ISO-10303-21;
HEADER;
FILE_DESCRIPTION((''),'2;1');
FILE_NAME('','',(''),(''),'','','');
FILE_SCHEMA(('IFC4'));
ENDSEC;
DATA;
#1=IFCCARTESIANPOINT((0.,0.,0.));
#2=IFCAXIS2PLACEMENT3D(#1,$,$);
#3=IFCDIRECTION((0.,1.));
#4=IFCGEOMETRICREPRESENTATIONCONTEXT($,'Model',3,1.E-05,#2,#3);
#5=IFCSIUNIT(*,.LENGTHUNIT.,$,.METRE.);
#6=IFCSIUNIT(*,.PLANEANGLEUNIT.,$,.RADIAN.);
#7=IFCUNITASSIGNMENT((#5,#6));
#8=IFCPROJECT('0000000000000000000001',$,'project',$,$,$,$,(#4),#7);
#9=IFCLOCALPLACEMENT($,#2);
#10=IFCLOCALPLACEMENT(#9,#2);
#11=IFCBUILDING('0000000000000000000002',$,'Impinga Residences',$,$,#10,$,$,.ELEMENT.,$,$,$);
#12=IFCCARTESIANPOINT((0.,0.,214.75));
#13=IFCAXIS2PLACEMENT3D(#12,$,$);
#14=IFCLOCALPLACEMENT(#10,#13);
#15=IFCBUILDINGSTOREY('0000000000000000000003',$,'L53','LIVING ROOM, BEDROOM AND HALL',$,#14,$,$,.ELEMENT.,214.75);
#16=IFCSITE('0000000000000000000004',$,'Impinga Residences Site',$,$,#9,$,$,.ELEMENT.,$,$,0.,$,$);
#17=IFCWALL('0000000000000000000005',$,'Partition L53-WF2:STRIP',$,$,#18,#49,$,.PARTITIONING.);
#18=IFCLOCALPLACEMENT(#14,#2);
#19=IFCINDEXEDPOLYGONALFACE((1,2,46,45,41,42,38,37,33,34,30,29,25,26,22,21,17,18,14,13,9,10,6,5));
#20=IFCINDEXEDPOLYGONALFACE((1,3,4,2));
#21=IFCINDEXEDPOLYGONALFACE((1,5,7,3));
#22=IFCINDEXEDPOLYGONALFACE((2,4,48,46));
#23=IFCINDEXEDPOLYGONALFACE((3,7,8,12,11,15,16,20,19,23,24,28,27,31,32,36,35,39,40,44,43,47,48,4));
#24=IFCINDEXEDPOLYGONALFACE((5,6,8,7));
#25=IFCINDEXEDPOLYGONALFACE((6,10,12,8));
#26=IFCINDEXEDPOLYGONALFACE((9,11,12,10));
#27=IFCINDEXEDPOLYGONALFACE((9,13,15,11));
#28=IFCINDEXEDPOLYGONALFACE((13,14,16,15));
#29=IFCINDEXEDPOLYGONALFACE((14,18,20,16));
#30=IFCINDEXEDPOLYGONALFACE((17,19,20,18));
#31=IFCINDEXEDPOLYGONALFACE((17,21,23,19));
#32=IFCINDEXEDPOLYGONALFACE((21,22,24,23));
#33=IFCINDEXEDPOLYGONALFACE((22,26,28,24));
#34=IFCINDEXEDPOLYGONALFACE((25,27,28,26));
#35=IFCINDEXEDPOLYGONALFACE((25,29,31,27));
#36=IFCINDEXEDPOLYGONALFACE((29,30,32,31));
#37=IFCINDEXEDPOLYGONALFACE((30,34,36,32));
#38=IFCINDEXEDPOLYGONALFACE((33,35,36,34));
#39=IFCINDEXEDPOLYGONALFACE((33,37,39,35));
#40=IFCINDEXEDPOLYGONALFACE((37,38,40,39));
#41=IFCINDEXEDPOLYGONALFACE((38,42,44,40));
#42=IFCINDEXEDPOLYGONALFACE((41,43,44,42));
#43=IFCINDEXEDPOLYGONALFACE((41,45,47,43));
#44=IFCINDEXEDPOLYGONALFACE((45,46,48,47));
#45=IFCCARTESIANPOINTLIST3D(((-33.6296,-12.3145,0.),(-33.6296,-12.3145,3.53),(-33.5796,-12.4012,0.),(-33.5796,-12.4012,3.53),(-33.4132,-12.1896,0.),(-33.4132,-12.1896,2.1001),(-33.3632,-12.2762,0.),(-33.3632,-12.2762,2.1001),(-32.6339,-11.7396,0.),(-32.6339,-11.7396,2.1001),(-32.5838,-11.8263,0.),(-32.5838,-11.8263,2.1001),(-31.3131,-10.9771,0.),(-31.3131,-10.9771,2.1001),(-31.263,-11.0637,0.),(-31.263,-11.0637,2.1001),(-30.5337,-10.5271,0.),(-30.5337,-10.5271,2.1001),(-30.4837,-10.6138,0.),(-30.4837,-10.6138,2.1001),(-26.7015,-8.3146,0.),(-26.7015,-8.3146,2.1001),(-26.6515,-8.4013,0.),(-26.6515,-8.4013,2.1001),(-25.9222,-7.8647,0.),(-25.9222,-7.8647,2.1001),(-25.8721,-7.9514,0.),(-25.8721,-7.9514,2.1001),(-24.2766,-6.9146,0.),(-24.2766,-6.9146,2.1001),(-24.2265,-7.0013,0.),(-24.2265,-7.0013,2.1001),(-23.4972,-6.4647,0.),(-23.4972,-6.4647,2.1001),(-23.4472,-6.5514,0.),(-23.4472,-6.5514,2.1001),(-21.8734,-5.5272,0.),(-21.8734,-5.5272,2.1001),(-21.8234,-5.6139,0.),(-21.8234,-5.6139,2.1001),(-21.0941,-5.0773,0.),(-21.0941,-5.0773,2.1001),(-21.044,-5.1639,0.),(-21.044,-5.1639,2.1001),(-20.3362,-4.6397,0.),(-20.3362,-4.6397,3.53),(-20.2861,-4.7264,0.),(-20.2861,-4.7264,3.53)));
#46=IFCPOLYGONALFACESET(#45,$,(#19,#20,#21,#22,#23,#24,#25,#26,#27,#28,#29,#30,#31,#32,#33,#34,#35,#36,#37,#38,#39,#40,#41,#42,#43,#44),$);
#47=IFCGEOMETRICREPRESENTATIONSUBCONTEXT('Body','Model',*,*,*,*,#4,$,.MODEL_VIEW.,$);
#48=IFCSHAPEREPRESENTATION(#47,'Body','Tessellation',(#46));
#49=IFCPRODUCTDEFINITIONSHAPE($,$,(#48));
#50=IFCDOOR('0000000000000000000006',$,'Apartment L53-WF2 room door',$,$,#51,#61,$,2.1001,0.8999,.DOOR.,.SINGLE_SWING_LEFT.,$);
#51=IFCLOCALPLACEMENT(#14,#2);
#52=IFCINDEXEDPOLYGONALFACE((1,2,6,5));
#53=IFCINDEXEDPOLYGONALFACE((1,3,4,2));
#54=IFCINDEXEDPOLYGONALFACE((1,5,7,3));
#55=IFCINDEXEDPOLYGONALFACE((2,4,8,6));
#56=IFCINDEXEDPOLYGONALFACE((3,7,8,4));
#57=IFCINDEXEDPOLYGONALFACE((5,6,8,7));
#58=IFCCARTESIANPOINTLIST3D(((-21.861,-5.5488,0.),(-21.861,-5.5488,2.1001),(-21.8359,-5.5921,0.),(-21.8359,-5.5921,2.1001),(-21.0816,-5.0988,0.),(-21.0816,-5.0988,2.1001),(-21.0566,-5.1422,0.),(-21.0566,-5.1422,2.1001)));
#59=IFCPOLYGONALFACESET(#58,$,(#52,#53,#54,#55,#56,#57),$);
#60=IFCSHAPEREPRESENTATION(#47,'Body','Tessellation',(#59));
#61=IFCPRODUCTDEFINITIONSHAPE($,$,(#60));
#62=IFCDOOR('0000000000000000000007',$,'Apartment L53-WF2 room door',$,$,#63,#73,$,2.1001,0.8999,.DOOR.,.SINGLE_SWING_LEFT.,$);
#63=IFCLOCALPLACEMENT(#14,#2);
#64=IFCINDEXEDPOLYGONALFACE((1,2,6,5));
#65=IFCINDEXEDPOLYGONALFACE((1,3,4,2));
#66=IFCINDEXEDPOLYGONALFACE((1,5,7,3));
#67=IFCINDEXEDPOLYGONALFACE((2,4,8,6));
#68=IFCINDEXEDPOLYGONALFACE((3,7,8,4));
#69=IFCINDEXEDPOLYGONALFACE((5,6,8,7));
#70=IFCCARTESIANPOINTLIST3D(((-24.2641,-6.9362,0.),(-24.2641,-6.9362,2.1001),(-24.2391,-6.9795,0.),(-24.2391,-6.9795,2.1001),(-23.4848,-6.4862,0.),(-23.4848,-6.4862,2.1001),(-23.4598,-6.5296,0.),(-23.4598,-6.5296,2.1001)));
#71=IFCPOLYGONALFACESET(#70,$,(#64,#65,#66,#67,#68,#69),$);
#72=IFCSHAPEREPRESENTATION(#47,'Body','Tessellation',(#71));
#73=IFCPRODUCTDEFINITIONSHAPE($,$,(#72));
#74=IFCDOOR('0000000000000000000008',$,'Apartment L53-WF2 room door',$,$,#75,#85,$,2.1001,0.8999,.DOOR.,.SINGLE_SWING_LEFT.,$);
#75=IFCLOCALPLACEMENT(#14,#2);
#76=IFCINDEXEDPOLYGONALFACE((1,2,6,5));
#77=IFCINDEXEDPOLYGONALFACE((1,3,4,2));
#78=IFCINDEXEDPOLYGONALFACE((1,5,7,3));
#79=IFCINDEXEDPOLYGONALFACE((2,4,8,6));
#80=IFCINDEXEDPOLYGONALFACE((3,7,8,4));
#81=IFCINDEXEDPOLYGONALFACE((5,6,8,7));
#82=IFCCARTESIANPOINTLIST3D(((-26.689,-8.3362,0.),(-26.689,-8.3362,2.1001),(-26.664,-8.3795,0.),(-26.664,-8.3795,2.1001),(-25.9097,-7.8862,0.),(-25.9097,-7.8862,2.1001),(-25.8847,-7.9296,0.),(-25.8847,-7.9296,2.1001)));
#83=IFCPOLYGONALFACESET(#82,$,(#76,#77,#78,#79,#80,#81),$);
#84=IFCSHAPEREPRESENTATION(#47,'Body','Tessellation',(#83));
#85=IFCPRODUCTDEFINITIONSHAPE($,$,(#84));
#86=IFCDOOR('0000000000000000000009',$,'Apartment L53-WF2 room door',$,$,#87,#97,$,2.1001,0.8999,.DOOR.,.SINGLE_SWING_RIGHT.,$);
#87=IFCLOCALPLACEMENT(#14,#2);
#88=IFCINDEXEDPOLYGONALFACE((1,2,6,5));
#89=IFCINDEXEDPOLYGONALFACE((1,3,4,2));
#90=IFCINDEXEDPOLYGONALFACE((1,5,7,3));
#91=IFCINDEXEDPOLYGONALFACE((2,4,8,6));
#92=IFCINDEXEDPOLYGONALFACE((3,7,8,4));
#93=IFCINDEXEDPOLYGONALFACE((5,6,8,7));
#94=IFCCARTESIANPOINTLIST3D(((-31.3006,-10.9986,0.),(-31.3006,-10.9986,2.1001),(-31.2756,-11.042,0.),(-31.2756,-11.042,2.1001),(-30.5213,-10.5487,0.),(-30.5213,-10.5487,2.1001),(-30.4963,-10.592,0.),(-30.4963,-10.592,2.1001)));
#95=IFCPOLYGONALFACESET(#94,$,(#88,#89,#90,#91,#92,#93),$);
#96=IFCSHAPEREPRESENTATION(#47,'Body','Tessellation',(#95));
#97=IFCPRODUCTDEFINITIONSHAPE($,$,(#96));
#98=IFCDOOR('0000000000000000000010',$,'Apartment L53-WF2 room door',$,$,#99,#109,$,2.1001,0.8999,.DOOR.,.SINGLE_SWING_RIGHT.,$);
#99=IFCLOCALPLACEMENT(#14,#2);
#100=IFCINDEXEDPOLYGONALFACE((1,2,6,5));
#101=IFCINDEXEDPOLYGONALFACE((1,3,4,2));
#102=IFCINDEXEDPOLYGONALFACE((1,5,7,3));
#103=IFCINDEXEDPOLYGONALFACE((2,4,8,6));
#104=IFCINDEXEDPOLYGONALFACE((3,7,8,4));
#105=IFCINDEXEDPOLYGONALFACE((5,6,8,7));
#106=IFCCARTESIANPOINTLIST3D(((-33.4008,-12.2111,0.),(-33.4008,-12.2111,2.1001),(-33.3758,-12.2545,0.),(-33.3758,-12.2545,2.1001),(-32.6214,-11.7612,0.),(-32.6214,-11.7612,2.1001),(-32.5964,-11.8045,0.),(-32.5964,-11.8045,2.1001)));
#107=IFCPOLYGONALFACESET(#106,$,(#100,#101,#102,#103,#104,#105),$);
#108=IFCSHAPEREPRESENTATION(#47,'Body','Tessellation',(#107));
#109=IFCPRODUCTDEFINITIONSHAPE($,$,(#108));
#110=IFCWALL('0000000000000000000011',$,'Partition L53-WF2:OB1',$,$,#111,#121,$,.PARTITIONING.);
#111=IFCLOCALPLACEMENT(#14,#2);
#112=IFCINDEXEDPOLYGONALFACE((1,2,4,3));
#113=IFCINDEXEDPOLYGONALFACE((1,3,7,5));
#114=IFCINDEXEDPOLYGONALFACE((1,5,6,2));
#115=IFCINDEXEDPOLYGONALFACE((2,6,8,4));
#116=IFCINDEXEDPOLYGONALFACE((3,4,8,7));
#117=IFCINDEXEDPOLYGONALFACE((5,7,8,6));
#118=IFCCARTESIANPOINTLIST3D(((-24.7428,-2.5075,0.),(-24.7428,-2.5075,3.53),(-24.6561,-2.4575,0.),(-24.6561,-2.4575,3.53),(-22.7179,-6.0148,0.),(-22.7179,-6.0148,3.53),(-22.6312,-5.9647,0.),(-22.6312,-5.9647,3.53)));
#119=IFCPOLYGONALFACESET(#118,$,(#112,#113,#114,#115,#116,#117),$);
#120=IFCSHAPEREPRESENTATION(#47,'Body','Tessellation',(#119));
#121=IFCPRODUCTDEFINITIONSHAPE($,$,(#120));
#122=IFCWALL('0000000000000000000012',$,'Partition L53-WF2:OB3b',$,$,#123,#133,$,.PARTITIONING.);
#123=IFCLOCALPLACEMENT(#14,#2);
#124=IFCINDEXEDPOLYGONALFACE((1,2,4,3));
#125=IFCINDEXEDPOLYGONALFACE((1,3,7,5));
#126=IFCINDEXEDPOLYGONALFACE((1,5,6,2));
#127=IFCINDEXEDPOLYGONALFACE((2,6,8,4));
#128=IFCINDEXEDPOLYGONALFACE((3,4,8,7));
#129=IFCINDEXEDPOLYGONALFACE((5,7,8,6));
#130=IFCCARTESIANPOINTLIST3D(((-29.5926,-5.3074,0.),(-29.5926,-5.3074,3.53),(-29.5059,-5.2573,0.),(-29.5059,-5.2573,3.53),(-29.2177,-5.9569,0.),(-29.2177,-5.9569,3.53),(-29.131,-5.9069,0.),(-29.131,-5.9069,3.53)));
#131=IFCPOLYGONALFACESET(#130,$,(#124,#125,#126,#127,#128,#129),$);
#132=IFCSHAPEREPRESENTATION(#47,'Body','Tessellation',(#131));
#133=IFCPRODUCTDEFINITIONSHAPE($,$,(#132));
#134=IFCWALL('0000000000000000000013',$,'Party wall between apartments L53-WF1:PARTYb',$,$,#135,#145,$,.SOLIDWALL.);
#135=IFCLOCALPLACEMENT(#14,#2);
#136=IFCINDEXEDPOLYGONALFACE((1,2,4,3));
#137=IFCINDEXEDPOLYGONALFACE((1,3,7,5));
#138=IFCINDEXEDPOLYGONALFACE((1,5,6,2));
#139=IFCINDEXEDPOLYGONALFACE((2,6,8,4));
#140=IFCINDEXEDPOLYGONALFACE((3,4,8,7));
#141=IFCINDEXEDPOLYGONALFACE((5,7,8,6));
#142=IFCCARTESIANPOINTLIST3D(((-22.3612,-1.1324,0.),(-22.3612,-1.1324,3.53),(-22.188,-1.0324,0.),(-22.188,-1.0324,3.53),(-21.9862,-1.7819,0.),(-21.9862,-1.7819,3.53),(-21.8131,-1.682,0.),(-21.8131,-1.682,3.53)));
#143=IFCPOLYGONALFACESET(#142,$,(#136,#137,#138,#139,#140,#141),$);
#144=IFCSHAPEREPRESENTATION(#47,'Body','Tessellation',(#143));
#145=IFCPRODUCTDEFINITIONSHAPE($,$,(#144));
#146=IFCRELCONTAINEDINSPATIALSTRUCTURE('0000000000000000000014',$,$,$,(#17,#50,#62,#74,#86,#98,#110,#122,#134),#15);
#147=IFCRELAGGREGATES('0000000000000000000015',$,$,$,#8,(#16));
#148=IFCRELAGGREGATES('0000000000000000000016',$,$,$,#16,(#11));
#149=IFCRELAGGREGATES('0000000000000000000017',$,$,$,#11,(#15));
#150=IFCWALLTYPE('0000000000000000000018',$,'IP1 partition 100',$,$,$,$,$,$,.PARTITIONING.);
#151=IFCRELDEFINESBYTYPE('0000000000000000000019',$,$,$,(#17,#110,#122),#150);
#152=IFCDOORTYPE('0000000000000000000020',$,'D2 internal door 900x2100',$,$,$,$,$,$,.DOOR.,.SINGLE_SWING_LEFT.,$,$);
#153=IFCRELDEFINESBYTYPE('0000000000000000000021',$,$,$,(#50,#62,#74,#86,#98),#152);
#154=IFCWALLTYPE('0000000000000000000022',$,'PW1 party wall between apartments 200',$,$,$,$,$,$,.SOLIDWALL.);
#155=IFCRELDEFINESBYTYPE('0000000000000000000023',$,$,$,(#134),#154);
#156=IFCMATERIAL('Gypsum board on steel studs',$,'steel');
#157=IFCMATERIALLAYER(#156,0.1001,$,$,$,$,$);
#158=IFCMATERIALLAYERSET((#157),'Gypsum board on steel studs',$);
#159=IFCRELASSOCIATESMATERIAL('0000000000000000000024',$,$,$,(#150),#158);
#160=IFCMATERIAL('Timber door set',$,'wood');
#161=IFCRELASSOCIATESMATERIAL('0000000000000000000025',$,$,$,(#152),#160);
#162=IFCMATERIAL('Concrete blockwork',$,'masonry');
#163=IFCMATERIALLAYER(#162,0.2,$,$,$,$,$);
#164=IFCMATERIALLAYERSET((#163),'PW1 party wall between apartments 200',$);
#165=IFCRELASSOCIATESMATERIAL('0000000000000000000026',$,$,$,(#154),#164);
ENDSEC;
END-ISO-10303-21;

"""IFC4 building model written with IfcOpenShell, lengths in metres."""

from ifc_helpers import new_model, si_unit, direction, frame, frame_2d, origin, place, context, subcontext, project, spatial, rectangle, extrude, material, layer, layer_set, type_object, element, fill, save


model = new_model("IFC4")

# Units and contexts
model_context = context("Model", 3, precision=1e-05, world=origin(), true_north=direction((0.0, 1.0)))
body_context = subcontext(model_context, "Body", "Model", "MODEL_VIEW")
ifc_project = project(units=[si_unit("LENGTHUNIT", "METRE"), si_unit("PLANEANGLEUNIT", "RADIAN")], contexts=[model_context])

# Site, building, storey
site_placement = place(None, origin())
site = spatial("IfcSite", under=ifc_project, at=site_placement, Name="Impinga Residences Site", CompositionType="ELEMENT", RefElevation=0.0)
building_placement = place(site_placement, origin())
building = spatial("IfcBuilding", under=site, at=building_placement, Name="Impinga Residences", CompositionType="ELEMENT")
storey_placement = place(building_placement, frame((0.0, 0.0, 214.75)))
storey = spatial("IfcBuildingStorey", under=building, at=storey_placement, Name="L53", Description="LIVING ROOM, BEDROOM AND HALL", CompositionType="ELEMENT", Elevation=214.75)

# Shared definitions
ifc_material_1 = material(Name="Gypsum board on steel studs", Category="steel")
ifc_layer_1 = layer(ifc_material_1, 0.1001)
ifc_layer_set_1 = layer_set([ifc_layer_1], Name="Gypsum board on steel studs")
wall_type_1 = type_object("IfcWallType", Name="IP1 partition 100", PredefinedType="PARTITIONING", material=ifc_layer_set_1)

# Wall, openings, doors
wall_1_placement = place(storey_placement, frame((-20.3113, -4.6831, 0.0), z_axis=(0.0, 0.0, 1.0), x_axis=(-0.86603, -0.499991, 0.0)))
wall_1 = element("IfcWall", 1, at=wall_1_placement, inside=storey, type_object=wall_type_1, Name="Partition L53-WF2:STRIP", PredefinedType="PARTITIONING", context=body_context, shape_type="SweptSolid", body=[
    extrude(rectangle(XDim=15.3499, YDim=0.1001, at=frame_2d((7.6748, 0.0))), origin(), (0.0, 0.0, 1.0), 3.53),
])
opening_1_placement = place(wall_1_placement, frame((0.875, 0.0, 0.0)))
opening_1 = element("IfcOpeningElement", 2, at=opening_1_placement, cuts=wall_1, PredefinedType="OPENING", context=body_context, shape_type="SweptSolid", body=[
    extrude(rectangle(XDim=0.8999, YDim=2.1001, at=frame_2d((0.45, 1.05))), frame((0.0, 0.0601, 0.0), z_axis=(0.0, -1.0, 0.0), x_axis=(1.0, 0.0, 0.0)), (0.0, 0.0, 1.0), 0.1201),
])
opening_2_placement = place(wall_1_placement, frame((3.6499, 0.0, 0.0)))
opening_2 = element("IfcOpeningElement", 3, at=opening_2_placement, cuts=wall_1, PredefinedType="OPENING", context=body_context, shape_type="SweptSolid", body=[
    extrude(rectangle(XDim=0.8999, YDim=2.1001, at=frame_2d((0.45, 1.05))), frame((0.0, 0.0601, 0.0), z_axis=(0.0, -1.0, 0.0), x_axis=(1.0, 0.0, 0.0)), (0.0, 0.0, 1.0), 0.1201),
])
opening_3_placement = place(wall_1_placement, frame((6.45, 0.0, 0.0)))
opening_3 = element("IfcOpeningElement", 4, at=opening_3_placement, cuts=wall_1, PredefinedType="OPENING", context=body_context, shape_type="SweptSolid", body=[
    extrude(rectangle(XDim=0.8999, YDim=2.1001, at=frame_2d((0.45, 1.05))), frame((0.0, 0.0601, 0.0), z_axis=(0.0, -1.0, 0.0), x_axis=(1.0, 0.0, 0.0)), (0.0, 0.0, 1.0), 0.1201),
])
opening_4_placement = place(wall_1_placement, frame((11.7749, 0.0, 0.0)))
opening_4 = element("IfcOpeningElement", 5, at=opening_4_placement, cuts=wall_1, PredefinedType="OPENING", context=body_context, shape_type="SweptSolid", body=[
    extrude(rectangle(XDim=0.8999, YDim=2.1001, at=frame_2d((0.45, 1.05))), frame((0.0, 0.0601, 0.0), z_axis=(0.0, -1.0, 0.0), x_axis=(1.0, 0.0, 0.0)), (0.0, 0.0, 1.0), 0.1201),
])
opening_5_placement = place(wall_1_placement, frame((14.2, 0.0, 0.0)))
opening_5 = element("IfcOpeningElement", 6, at=opening_5_placement, cuts=wall_1, PredefinedType="OPENING", context=body_context, shape_type="SweptSolid", body=[
    extrude(rectangle(XDim=0.8999, YDim=2.1001, at=frame_2d((0.45, 1.05))), frame((0.0, 0.0601, 0.0), z_axis=(0.0, -1.0, 0.0), x_axis=(1.0, 0.0, 0.0)), (0.0, 0.0, 1.0), 0.1201),
])
ifc_material_2 = material(Name="Timber door set", Category="wood")
door_type = type_object("IfcDoorType", Name="D2 internal door 900x2100", OperationType="SINGLE_SWING_LEFT", PredefinedType="DOOR", material=ifc_material_2)
door_1_placement = place(opening_1_placement, origin())
door_1 = element("IfcDoor", 7, at=door_1_placement, inside=storey, type_object=door_type, Name="Apartment L53-WF2 room door", OperationType="SINGLE_SWING_LEFT", OverallHeight=2.1001, OverallWidth=0.8999, PredefinedType="DOOR", context=body_context, shape_type="SweptSolid", body=[
    extrude(rectangle(XDim=0.8999, YDim=2.1001, at=frame_2d((0.45, 1.05))), frame((0.0, 0.0249, 0.0), z_axis=(0.0, -1.0, 0.0), x_axis=(1.0, 0.0, 0.0)), (0.0, 0.0, 1.0), 0.05),
])
fill(opening_1, door_1)
door_2_placement = place(opening_2_placement, origin())
door_2 = element("IfcDoor", 8, at=door_2_placement, inside=storey, type_object=door_type, Name="Apartment L53-WF2 room door", OperationType="SINGLE_SWING_LEFT", OverallHeight=2.1001, OverallWidth=0.8999, PredefinedType="DOOR", context=body_context, shape_type="SweptSolid", body=[
    extrude(rectangle(XDim=0.8999, YDim=2.1001, at=frame_2d((0.45, 1.05))), frame((0.0, 0.0249, 0.0), z_axis=(0.0, -1.0, 0.0), x_axis=(1.0, 0.0, 0.0)), (0.0, 0.0, 1.0), 0.05),
])
fill(opening_2, door_2)
door_3_placement = place(opening_3_placement, origin())
door_3 = element("IfcDoor", 9, at=door_3_placement, inside=storey, type_object=door_type, Name="Apartment L53-WF2 room door", OperationType="SINGLE_SWING_LEFT", OverallHeight=2.1001, OverallWidth=0.8999, PredefinedType="DOOR", context=body_context, shape_type="SweptSolid", body=[
    extrude(rectangle(XDim=0.8999, YDim=2.1001, at=frame_2d((0.45, 1.05))), frame((0.0, 0.0249, 0.0), z_axis=(0.0, -1.0, 0.0), x_axis=(1.0, 0.0, 0.0)), (0.0, 0.0, 1.0), 0.05),
])
fill(opening_3, door_3)
door_4_placement = place(opening_4_placement, origin())
door_4 = element("IfcDoor", 10, at=door_4_placement, inside=storey, type_object=door_type, Name="Apartment L53-WF2 room door", OperationType="SINGLE_SWING_RIGHT", OverallHeight=2.1001, OverallWidth=0.8999, PredefinedType="DOOR", context=body_context, shape_type="SweptSolid", body=[
    extrude(rectangle(XDim=0.8999, YDim=2.1001, at=frame_2d((0.45, 1.05))), frame((0.0, 0.0249, 0.0), z_axis=(0.0, -1.0, 0.0), x_axis=(1.0, 0.0, 0.0)), (0.0, 0.0, 1.0), 0.05),
])
fill(opening_4, door_4)
door_5_placement = place(opening_5_placement, origin())
door_5 = element("IfcDoor", 11, at=door_5_placement, inside=storey, type_object=door_type, Name="Apartment L53-WF2 room door", OperationType="SINGLE_SWING_RIGHT", OverallHeight=2.1001, OverallWidth=0.8999, PredefinedType="DOOR", context=body_context, shape_type="SweptSolid", body=[
    extrude(rectangle(XDim=0.8999, YDim=2.1001, at=frame_2d((0.45, 1.05))), frame((0.0, 0.0249, 0.0), z_axis=(0.0, -1.0, 0.0), x_axis=(1.0, 0.0, 0.0)), (0.0, 0.0, 1.0), 0.05),
])
fill(opening_5, door_5)

# Walls
wall_2_placement = place(storey_placement, frame((-22.6746, -5.9897, 0.0), z_axis=(0.0, 0.0, 1.0), x_axis=(-0.49999, 0.866031, 0.0)))
element("IfcWall", 12, at=wall_2_placement, inside=storey, type_object=wall_type_1, Name="Partition L53-WF2:OB1", PredefinedType="PARTITIONING", context=body_context, shape_type="SweptSolid", body=[
    extrude(rectangle(XDim=4.0498, YDim=0.1001, at=frame_2d((2.0249, 0.0))), origin(), (0.0, 0.0, 1.0), 3.53),
])
wall_3_placement = place(storey_placement, frame((-29.1743, -5.9319, 0.0), z_axis=(0.0, 0.0, 1.0), x_axis=(-0.49992, 0.866072, 0.0)))
element("IfcWall", 13, at=wall_3_placement, inside=storey, type_object=wall_type_1, Name="Partition L53-WF2:OB3b", PredefinedType="PARTITIONING", context=body_context, shape_type="SweptSolid", body=[
    extrude(rectangle(XDim=0.75, YDim=0.1001, at=frame_2d((0.375, 0.0))), origin(), (0.0, 0.0, 1.0), 3.53),
])
ifc_material_3 = material(Name="Concrete blockwork", Category="masonry")
ifc_layer_2 = layer(ifc_material_3, 0.2)
ifc_layer_set_2 = layer_set([ifc_layer_2], Name="PW1 party wall between apartments 200")
wall_type_2 = type_object("IfcWallType", Name="PW1 party wall between apartments 200", PredefinedType="SOLIDWALL", material=ifc_layer_set_2)
wall_4_placement = place(storey_placement, frame((-21.8997, -1.7319, 0.0), z_axis=(0.0, 0.0, 1.0), x_axis=(-0.49992, 0.866072, 0.0)))
element("IfcWall", 14, at=wall_4_placement, inside=storey, type_object=wall_type_2, Name="Party wall between apartments L53-WF1:PARTYb", PredefinedType="SOLIDWALL", context=body_context, shape_type="SweptSolid", body=[
    extrude(rectangle(XDim=0.75, YDim=0.2, at=frame_2d((0.375, 0.0))), origin(), (0.0, 0.0, 1.0), 3.53),
])

save(model, "model.ifc")
